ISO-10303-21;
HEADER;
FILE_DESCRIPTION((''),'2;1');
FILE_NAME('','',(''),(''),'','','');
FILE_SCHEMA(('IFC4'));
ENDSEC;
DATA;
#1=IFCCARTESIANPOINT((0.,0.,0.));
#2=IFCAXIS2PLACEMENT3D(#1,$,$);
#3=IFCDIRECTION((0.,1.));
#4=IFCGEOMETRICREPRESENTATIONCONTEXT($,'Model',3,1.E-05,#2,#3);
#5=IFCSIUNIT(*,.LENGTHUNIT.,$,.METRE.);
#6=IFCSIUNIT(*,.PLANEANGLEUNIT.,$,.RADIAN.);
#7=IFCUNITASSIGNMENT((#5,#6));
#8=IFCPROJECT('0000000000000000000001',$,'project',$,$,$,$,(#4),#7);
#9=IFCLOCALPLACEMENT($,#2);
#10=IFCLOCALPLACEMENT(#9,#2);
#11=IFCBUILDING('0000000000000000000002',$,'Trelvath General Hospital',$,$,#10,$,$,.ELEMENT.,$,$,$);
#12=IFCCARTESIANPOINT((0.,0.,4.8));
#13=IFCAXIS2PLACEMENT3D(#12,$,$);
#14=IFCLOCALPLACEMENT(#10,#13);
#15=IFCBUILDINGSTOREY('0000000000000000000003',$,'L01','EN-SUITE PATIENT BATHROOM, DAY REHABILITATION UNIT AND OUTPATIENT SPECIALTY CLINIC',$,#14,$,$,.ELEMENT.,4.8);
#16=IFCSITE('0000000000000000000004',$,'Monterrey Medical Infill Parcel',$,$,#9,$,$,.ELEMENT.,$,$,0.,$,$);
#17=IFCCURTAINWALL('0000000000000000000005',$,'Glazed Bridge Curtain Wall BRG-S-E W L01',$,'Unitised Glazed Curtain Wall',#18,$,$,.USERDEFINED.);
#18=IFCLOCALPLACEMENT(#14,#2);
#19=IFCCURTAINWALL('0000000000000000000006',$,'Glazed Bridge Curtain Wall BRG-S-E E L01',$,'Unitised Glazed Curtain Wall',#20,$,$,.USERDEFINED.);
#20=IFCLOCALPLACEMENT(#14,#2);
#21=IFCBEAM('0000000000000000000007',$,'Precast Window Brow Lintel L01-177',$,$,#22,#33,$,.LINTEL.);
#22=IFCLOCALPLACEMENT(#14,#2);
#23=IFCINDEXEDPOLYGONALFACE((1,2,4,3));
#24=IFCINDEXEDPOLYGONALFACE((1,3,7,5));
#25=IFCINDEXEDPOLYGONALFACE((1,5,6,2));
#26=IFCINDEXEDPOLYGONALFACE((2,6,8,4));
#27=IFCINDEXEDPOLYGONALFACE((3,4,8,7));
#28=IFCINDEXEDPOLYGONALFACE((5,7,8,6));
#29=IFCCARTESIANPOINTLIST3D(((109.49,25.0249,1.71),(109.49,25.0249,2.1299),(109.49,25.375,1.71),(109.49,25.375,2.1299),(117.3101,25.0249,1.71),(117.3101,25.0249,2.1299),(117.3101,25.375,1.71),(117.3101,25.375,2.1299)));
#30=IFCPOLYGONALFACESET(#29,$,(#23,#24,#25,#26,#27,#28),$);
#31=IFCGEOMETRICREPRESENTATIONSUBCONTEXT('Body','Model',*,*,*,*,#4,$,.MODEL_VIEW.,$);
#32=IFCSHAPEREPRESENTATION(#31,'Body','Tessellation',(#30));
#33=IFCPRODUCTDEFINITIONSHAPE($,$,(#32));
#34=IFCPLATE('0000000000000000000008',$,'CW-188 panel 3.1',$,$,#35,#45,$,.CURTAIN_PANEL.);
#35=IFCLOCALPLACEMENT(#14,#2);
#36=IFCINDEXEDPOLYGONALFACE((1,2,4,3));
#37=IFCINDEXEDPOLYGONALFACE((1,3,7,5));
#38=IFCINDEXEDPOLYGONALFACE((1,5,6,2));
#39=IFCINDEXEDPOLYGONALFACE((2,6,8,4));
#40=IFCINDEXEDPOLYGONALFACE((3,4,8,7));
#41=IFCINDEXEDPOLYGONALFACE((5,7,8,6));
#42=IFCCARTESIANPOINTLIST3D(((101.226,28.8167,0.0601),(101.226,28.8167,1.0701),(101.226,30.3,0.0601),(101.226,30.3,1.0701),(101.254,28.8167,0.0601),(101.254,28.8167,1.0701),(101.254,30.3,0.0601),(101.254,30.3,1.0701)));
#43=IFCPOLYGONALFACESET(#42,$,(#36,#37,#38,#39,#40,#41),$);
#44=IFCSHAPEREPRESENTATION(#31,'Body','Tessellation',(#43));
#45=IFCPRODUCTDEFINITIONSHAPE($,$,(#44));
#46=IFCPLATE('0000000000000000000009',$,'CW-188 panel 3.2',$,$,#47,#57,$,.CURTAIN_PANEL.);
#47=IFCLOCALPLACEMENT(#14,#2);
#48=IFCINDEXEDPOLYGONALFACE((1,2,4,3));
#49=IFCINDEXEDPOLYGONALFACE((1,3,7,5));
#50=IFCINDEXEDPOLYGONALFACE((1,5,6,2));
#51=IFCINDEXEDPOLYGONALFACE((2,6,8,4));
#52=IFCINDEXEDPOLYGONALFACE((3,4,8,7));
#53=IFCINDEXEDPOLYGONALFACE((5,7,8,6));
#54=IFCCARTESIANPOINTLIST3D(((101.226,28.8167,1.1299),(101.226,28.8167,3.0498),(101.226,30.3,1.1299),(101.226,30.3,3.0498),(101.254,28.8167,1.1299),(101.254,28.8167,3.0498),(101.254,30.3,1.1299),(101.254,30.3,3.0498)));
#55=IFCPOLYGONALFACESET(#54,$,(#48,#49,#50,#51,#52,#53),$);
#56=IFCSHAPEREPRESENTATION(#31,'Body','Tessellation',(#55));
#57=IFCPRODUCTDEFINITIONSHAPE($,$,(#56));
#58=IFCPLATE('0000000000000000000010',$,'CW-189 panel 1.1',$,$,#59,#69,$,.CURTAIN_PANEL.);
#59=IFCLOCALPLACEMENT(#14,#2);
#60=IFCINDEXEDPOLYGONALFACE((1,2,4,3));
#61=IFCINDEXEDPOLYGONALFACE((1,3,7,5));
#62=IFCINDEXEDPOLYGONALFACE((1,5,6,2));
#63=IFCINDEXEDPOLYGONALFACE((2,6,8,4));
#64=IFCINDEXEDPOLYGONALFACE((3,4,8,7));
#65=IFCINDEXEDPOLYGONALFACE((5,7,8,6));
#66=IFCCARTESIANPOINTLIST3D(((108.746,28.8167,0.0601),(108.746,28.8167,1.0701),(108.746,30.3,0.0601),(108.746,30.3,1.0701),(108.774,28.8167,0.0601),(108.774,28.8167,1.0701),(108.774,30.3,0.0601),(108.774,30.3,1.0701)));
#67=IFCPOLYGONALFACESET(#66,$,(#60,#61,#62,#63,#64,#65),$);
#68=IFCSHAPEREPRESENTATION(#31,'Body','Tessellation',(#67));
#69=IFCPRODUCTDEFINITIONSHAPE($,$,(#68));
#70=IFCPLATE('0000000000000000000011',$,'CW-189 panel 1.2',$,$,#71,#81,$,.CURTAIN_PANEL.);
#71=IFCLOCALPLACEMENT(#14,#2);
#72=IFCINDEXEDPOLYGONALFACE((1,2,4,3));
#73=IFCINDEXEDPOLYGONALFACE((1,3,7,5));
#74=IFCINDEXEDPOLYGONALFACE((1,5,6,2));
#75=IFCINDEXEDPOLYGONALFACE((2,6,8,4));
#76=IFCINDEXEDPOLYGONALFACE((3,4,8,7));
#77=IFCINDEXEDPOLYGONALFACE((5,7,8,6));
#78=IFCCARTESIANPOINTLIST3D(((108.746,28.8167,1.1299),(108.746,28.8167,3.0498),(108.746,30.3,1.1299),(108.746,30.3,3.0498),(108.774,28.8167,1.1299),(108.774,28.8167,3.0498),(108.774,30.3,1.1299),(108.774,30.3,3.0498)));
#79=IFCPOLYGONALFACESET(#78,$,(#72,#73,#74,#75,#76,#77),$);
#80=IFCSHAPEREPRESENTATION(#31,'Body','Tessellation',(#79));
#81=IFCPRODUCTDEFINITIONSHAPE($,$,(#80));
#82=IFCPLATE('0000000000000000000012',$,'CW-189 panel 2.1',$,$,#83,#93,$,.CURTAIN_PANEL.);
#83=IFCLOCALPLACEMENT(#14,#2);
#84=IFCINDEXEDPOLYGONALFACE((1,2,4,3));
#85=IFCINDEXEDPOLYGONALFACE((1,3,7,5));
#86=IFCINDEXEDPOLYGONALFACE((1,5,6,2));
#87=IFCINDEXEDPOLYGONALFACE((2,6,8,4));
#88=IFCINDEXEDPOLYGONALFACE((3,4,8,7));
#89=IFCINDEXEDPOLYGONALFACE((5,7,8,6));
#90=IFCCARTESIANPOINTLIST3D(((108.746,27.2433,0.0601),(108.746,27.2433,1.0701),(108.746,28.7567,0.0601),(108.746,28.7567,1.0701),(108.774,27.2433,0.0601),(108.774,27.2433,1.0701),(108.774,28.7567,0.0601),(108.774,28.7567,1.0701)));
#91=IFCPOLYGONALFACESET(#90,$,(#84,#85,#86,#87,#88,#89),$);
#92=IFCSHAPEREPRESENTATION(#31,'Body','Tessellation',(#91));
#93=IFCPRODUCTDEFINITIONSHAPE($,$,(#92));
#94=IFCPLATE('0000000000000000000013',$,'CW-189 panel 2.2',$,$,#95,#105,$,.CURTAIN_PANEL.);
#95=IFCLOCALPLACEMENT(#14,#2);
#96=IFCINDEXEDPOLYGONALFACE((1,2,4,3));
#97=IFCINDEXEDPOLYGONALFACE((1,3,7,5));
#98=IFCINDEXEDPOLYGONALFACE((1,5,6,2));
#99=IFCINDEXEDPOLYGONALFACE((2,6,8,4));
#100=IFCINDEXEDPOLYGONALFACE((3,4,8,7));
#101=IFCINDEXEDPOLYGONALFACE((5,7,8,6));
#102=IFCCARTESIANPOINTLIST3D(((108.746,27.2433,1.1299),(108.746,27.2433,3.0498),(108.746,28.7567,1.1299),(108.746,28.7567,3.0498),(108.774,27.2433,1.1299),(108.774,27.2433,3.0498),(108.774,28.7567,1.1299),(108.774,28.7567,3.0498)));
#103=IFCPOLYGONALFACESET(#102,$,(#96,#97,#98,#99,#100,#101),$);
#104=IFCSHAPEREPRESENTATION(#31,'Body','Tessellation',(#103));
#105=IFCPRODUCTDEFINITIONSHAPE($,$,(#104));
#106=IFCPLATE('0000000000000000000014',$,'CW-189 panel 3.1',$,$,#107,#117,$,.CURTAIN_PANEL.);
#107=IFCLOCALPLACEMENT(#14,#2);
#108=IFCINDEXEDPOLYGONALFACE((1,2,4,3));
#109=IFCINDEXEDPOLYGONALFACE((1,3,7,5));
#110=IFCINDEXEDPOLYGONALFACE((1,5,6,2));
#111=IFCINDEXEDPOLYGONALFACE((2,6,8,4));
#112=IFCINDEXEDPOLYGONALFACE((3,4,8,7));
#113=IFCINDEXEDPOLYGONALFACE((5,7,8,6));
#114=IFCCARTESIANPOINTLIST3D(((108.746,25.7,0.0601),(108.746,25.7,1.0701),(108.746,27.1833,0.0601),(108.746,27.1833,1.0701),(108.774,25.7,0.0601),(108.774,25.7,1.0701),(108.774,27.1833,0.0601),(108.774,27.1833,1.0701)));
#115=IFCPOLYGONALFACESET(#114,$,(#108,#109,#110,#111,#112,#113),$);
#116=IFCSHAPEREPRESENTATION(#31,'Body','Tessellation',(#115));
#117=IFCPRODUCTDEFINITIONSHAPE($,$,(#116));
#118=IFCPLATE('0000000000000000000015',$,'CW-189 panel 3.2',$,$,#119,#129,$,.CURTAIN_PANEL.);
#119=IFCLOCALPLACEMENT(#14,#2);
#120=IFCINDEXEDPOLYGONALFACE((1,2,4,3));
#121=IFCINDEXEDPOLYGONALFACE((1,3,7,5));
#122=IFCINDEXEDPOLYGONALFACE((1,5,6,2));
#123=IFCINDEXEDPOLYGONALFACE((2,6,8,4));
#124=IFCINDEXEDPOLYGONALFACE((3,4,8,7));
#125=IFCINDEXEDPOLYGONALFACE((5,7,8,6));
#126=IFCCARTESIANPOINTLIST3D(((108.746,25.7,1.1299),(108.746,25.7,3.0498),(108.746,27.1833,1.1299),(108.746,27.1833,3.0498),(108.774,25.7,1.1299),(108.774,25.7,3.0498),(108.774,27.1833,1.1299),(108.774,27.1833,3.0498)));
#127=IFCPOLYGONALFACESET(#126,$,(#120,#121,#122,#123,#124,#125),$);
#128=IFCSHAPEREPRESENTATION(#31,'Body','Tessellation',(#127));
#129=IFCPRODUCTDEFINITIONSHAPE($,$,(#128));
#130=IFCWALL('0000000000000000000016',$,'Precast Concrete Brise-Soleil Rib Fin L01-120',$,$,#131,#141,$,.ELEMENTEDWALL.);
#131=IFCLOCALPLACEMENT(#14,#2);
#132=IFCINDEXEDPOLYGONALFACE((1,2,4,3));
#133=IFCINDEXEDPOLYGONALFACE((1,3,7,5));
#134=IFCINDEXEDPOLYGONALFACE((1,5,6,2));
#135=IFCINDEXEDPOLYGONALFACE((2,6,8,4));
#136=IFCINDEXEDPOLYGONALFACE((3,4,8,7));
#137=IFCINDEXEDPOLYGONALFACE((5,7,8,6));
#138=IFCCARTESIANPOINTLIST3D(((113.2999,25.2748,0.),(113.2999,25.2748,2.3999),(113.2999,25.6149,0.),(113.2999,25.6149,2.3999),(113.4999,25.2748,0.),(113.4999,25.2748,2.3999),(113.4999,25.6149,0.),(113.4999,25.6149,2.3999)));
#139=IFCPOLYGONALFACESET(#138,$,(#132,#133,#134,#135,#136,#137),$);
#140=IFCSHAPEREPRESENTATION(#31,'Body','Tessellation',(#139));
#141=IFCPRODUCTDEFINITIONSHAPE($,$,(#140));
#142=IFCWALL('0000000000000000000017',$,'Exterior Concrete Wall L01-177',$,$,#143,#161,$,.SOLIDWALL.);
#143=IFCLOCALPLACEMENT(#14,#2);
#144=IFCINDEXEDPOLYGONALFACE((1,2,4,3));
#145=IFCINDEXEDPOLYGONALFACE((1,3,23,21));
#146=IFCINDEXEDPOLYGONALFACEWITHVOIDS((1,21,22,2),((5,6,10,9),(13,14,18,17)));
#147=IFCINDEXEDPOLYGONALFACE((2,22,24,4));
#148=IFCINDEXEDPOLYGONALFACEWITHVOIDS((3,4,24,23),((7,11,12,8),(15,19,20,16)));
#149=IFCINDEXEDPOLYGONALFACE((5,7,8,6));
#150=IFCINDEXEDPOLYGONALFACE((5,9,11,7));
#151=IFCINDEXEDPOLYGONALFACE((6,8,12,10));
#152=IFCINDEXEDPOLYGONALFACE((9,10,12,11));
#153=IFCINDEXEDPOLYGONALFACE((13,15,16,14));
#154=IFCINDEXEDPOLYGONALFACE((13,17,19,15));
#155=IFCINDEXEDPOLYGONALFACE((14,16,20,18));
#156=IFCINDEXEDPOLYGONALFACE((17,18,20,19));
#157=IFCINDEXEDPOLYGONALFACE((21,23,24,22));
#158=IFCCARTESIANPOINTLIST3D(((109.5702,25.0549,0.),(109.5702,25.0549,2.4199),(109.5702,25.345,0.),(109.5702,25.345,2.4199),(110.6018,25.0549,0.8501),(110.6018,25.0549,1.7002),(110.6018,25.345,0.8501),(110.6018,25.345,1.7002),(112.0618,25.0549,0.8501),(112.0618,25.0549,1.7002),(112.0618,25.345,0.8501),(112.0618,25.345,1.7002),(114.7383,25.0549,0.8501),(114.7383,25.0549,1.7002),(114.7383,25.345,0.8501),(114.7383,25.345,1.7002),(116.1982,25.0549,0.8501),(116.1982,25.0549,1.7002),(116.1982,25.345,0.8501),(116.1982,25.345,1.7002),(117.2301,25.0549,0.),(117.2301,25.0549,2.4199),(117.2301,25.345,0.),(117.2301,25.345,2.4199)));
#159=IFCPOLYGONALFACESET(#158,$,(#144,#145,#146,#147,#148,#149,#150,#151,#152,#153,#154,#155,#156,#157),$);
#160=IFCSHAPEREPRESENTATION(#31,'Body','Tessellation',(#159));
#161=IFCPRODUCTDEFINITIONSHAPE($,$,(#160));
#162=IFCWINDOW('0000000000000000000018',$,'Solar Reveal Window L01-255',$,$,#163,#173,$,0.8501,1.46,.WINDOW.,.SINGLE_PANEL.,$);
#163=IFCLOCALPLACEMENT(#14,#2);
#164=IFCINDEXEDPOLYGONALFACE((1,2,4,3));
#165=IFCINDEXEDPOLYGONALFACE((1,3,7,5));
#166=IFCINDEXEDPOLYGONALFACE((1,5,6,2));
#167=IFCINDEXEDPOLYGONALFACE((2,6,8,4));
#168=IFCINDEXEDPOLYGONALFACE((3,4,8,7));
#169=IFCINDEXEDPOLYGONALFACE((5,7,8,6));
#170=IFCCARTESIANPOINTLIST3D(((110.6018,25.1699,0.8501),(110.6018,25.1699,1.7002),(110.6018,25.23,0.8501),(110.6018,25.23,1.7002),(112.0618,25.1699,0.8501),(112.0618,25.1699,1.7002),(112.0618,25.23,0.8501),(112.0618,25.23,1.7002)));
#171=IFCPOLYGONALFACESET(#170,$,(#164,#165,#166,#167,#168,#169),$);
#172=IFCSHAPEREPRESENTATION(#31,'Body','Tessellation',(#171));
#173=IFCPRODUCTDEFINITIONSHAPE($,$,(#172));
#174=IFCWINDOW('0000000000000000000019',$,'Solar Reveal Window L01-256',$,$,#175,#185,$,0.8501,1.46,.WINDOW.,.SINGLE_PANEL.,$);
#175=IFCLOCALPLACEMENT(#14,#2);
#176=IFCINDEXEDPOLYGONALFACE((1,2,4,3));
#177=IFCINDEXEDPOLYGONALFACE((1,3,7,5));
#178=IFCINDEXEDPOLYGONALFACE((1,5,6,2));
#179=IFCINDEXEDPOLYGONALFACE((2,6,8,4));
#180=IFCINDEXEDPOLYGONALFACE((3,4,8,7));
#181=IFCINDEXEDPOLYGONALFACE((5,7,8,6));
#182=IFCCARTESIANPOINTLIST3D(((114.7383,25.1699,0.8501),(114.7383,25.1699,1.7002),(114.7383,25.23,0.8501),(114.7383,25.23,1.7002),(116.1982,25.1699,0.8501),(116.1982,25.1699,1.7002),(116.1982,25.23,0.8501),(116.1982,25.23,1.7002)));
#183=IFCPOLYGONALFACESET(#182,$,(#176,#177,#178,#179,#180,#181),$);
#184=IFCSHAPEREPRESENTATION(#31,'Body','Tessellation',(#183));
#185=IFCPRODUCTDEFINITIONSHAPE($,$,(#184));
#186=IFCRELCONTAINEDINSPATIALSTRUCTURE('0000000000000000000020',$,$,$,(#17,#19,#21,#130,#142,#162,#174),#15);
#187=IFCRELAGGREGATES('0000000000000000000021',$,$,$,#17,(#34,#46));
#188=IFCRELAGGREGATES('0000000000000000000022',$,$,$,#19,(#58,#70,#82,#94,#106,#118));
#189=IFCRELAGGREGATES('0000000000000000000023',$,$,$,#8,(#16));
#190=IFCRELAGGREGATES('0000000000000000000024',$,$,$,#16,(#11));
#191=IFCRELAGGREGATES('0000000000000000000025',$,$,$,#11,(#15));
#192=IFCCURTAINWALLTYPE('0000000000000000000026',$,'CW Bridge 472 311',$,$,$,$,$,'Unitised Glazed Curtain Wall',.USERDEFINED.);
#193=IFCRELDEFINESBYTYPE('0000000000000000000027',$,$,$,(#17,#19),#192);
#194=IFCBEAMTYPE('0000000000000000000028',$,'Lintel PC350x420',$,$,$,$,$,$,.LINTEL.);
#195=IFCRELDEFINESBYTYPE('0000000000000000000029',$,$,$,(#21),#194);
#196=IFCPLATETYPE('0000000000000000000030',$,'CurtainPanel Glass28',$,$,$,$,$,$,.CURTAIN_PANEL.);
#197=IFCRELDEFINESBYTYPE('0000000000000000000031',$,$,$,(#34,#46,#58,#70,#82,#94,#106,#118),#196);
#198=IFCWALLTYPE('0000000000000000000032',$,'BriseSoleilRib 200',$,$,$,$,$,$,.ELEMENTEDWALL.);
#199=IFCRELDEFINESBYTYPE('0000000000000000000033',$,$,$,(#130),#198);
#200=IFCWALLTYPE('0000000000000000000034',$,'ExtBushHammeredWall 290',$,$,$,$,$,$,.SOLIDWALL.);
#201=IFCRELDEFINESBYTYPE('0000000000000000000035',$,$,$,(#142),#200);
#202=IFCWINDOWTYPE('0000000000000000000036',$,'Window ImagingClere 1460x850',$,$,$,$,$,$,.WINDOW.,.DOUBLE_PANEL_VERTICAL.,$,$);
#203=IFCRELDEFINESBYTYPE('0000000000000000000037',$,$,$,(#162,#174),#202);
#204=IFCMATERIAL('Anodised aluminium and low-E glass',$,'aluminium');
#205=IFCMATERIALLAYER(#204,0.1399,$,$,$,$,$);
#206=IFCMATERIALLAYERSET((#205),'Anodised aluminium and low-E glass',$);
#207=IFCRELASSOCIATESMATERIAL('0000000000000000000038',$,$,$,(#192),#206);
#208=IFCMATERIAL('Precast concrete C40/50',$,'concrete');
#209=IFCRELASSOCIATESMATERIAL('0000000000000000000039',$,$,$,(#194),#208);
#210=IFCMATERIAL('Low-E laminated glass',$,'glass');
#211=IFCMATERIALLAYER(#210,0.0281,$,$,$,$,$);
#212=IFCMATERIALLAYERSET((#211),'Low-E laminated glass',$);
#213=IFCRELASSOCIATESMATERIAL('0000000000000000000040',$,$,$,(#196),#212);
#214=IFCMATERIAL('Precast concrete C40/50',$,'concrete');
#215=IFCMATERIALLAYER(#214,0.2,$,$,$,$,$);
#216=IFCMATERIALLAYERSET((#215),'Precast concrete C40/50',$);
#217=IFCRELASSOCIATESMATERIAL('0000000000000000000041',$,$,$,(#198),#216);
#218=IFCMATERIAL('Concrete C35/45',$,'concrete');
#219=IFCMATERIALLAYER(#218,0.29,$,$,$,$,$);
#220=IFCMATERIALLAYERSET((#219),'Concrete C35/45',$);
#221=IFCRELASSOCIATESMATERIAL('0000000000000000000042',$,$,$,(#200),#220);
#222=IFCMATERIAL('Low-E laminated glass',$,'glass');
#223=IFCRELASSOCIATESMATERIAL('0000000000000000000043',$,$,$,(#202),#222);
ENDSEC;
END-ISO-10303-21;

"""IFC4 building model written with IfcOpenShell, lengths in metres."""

from ifc_helpers import new_model, si_unit, direction, frame, frame_2d, origin, origin_2d, place, context, subcontext, project, spatial, rectangle, extrude, material, layer, layer_set, material_profile, profile_set, type_object, element, fill, aggregate, save


model = new_model("IFC4")

# Units and contexts
model_context = context("Model", 3, precision=1e-05, world=origin(), true_north=direction((0.0, 1.0)))
body_context = subcontext(model_context, "Body", "Model", "MODEL_VIEW")
ifc_project = project(units=[si_unit("LENGTHUNIT", "METRE"), si_unit("PLANEANGLEUNIT", "RADIAN")], contexts=[model_context])

# Site, building, storey
site_placement = place(None, origin())
site = spatial("IfcSite", under=ifc_project, at=site_placement, Name="Monterrey Medical Infill Parcel", CompositionType="ELEMENT", RefElevation=0.0)
building_placement = place(site_placement, origin())
building = spatial("IfcBuilding", under=site, at=building_placement, Name="Trelvath General Hospital", CompositionType="ELEMENT")
storey_placement = place(building_placement, frame((0.0, 0.0, 4.8)))
storey = spatial("IfcBuildingStorey", under=building, at=storey_placement, Name="L01", Description="EN-SUITE PATIENT BATHROOM, DAY REHABILITATION UNIT AND OUTPATIENT SPECIALTY CLINIC", CompositionType="ELEMENT", Elevation=4.8)

# Curtain wall
ifc_material_1 = material(Name="Anodised aluminium and low-E glass", Category="aluminium")
ifc_layer_1 = layer(ifc_material_1, 0.1399)
ifc_layer_set_1 = layer_set([ifc_layer_1], Name="Anodised aluminium and low-E glass")
curtain_wall_type = type_object("IfcCurtainWallType", Name="CW Bridge 472 311", ElementType="Unitised Glazed Curtain Wall", PredefinedType="USERDEFINED", material=ifc_layer_set_1)
curtain_wall_1_placement = place(storey_placement, origin())
curtain_wall_1 = element("IfcCurtainWall", 1, at=curtain_wall_1_placement, inside=storey, type_object=curtain_wall_type, Name="Glazed Bridge Curtain Wall BRG-S-E W L01", ObjectType="Unitised Glazed Curtain Wall", PredefinedType="USERDEFINED")

# Curtain wall
curtain_wall_2_placement = place(storey_placement, origin())
curtain_wall_2 = element("IfcCurtainWall", 2, at=curtain_wall_2_placement, inside=storey, type_object=curtain_wall_type, Name="Glazed Bridge Curtain Wall BRG-S-E E L01", ObjectType="Unitised Glazed Curtain Wall", PredefinedType="USERDEFINED")

# Beam
ifc_material_2 = material(Name="Precast concrete C40/50", Category="concrete")
ifc_material_profile_1 = material_profile(ifc_material_2, rectangle(XDim=0.3501, YDim=0.4199, at=origin_2d()), Name="PCL350x420")
ifc_profile_set_1 = profile_set([ifc_material_profile_1], Name="Precast concrete C40/50")
beam_type_1 = type_object("IfcBeamType", Name="Lintel PC350x420", PredefinedType="LINTEL", material=ifc_profile_set_1)
beam_1_placement = place(storey_placement, frame((109.49, 25.2, 1.9199), z_axis=(1.0, 0.0, 0.0), x_axis=(0.0, 1.0, 0.0)))
element("IfcBeam", 3, at=beam_1_placement, inside=storey, type_object=beam_type_1, Name="Precast Window Brow Lintel L01-177", PredefinedType="LINTEL", context=body_context, shape_type="SweptSolid", body=[
    extrude(rectangle(XDim=0.3501, YDim=0.4199, at=origin_2d()), origin(), (0.0, 0.0, 1.0), 7.8201),
])

# Plates
ifc_material_3 = material(Name="Low-E laminated glass", Category="glass")
ifc_layer_2 = layer(ifc_material_3, 0.0281)
ifc_layer_set_2 = layer_set([ifc_layer_2], Name="Low-E laminated glass")
plate_type = type_object("IfcPlateType", Name="CurtainPanel Glass28", PredefinedType="CURTAIN_PANEL", material=ifc_layer_set_2)
plate_1_placement = place(storey_placement, frame((101.24, 29.5583, 0.0601), z_axis=(0.0, 0.0, 1.0), x_axis=(0.0, 1.0, 0.0)))
plate_1 = element("IfcPlate", 4, at=plate_1_placement, type_object=plate_type, Name="CW-188 panel 3.1", PredefinedType="CURTAIN_PANEL", context=body_context, shape_type="SweptSolid", body=[
    extrude(rectangle(XDim=1.4834, YDim=0.0281, at=origin_2d()), origin(), (0.0, 0.0, 1.0), 1.01),
])
plate_2_placement = place(storey_placement, frame((101.24, 29.5583, 1.1299), z_axis=(0.0, 0.0, 1.0), x_axis=(0.0, 1.0, 0.0)))
plate_2 = element("IfcPlate", 5, at=plate_2_placement, type_object=plate_type, Name="CW-188 panel 3.2", PredefinedType="CURTAIN_PANEL", context=body_context, shape_type="SweptSolid", body=[
    extrude(rectangle(XDim=1.4834, YDim=0.0281, at=origin_2d()), origin(), (0.0, 0.0, 1.0), 1.9199),
])
aggregate(curtain_wall_1, [plate_1, plate_2])
plate_3_placement = place(storey_placement, frame((108.76, 29.5583, 0.0601), z_axis=(0.0, 0.0, 1.0), x_axis=(0.0, -1.0, 0.0)))
plate_3 = element("IfcPlate", 6, at=plate_3_placement, type_object=plate_type, Name="CW-189 panel 1.1", PredefinedType="CURTAIN_PANEL", context=body_context, shape_type="SweptSolid", body=[
    extrude(rectangle(XDim=1.4834, YDim=0.0281, at=origin_2d()), origin(), (0.0, 0.0, 1.0), 1.01),
])
plate_4_placement = place(storey_placement, frame((108.76, 29.5583, 1.1299), z_axis=(0.0, 0.0, 1.0), x_axis=(0.0, -1.0, 0.0)))
plate_4 = element("IfcPlate", 7, at=plate_4_placement, type_object=plate_type, Name="CW-189 panel 1.2", PredefinedType="CURTAIN_PANEL", context=body_context, shape_type="SweptSolid", body=[
    extrude(rectangle(XDim=1.4834, YDim=0.0281, at=origin_2d()), origin(), (0.0, 0.0, 1.0), 1.9199),
])
plate_5_placement = place(storey_placement, frame((108.76, 28.0, 0.0601), z_axis=(0.0, 0.0, 1.0), x_axis=(0.0, -1.0, 0.0)))
plate_5 = element("IfcPlate", 8, at=plate_5_placement, type_object=plate_type, Name="CW-189 panel 2.1", PredefinedType="CURTAIN_PANEL", context=body_context, shape_type="SweptSolid", body=[
    extrude(rectangle(XDim=1.5134, YDim=0.0281, at=origin_2d()), origin(), (0.0, 0.0, 1.0), 1.01),
])
plate_6_placement = place(storey_placement, frame((108.76, 28.0, 1.1299), z_axis=(0.0, 0.0, 1.0), x_axis=(0.0, -1.0, 0.0)))
plate_6 = element("IfcPlate", 9, at=plate_6_placement, type_object=plate_type, Name="CW-189 panel 2.2", PredefinedType="CURTAIN_PANEL", context=body_context, shape_type="SweptSolid", body=[
    extrude(rectangle(XDim=1.5134, YDim=0.0281, at=origin_2d()), origin(), (0.0, 0.0, 1.0), 1.9199),
])
plate_7_placement = place(storey_placement, frame((108.76, 26.4417, 0.0601), z_axis=(0.0, 0.0, 1.0), x_axis=(0.0, -1.0, 0.0)))
plate_7 = element("IfcPlate", 10, at=plate_7_placement, type_object=plate_type, Name="CW-189 panel 3.1", PredefinedType="CURTAIN_PANEL", context=body_context, shape_type="SweptSolid", body=[
    extrude(rectangle(XDim=1.4834, YDim=0.0281, at=origin_2d()), origin(), (0.0, 0.0, 1.0), 1.01),
])
plate_8_placement = place(storey_placement, frame((108.76, 26.4417, 1.1299), z_axis=(0.0, 0.0, 1.0), x_axis=(0.0, -1.0, 0.0)))
plate_8 = element("IfcPlate", 11, at=plate_8_placement, type_object=plate_type, Name="CW-189 panel 3.2", PredefinedType="CURTAIN_PANEL", context=body_context, shape_type="SweptSolid", body=[
    extrude(rectangle(XDim=1.4834, YDim=0.0281, at=origin_2d()), origin(), (0.0, 0.0, 1.0), 1.9199),
])
aggregate(curtain_wall_2, [plate_3, plate_4, plate_5, plate_6, plate_7, plate_8])

# Wall
ifc_material_4 = material(Name="Precast concrete C40/50", Category="concrete")
ifc_layer_3 = layer(ifc_material_4, 0.2)
ifc_layer_set_3 = layer_set([ifc_layer_3], Name="Precast concrete C40/50")
wall_type_1 = type_object("IfcWallType", Name="BriseSoleilRib 200", PredefinedType="ELEMENTEDWALL", material=ifc_layer_set_3)
wall_1_placement = place(storey_placement, frame((113.3999, 25.2749, 0.0), z_axis=(0.0, 0.0, 1.0), x_axis=(0.0, 1.0, 0.0)))
element("IfcWall", 12, at=wall_1_placement, inside=storey, type_object=wall_type_1, Name="Precast Concrete Brise-Soleil Rib Fin L01-120", PredefinedType="ELEMENTEDWALL", context=body_context, shape_type="SweptSolid", body=[
    extrude(rectangle(XDim=0.3401, YDim=0.2, at=frame_2d((0.1699, 0.0))), origin(), (0.0, 0.0, 1.0), 2.3999),
])

# Wall, openings, windows
ifc_material_5 = material(Name="Concrete C35/45", Category="concrete")
ifc_layer_4 = layer(ifc_material_5, 0.29)
ifc_layer_set_4 = layer_set([ifc_layer_4], Name="Concrete C35/45")
wall_type_2 = type_object("IfcWallType", Name="ExtBushHammeredWall 290", PredefinedType="SOLIDWALL", material=ifc_layer_set_4)
wall_2_placement = place(storey_placement, frame((109.5701, 25.2, 0.0), z_axis=(0.0, 0.0, 1.0), x_axis=(1.0, 0.0, 0.0)))
wall_2 = element("IfcWall", 13, at=wall_2_placement, inside=storey, type_object=wall_type_2, Name="Exterior Concrete Wall L01-177", PredefinedType="SOLIDWALL", context=body_context, shape_type="SweptSolid", body=[
    extrude(rectangle(XDim=7.6599, YDim=0.29, at=frame_2d((3.8301, 0.0))), origin(), (0.0, 0.0, 1.0), 2.4199),
])
opening_1_placement = place(wall_2_placement, frame((1.0317, 0.0, 0.8501)))
opening_1 = element("IfcOpeningElement", 14, at=opening_1_placement, cuts=wall_2, PredefinedType="OPENING", context=body_context, shape_type="SweptSolid", body=[
    extrude(rectangle(XDim=1.46, YDim=0.8501, at=frame_2d((0.73, 0.425))), frame((0.0, 0.155, 0.0), z_axis=(0.0, -1.0, 0.0), x_axis=(1.0, 0.0, 0.0)), (0.0, 0.0, 1.0), 0.3101),
])
opening_2_placement = place(wall_2_placement, frame((5.1682, 0.0, 0.8501)))
opening_2 = element("IfcOpeningElement", 15, at=opening_2_placement, cuts=wall_2, PredefinedType="OPENING", context=body_context, shape_type="SweptSolid", body=[
    extrude(rectangle(XDim=1.46, YDim=0.8501, at=frame_2d((0.73, 0.425))), frame((0.0, 0.155, 0.0), z_axis=(0.0, -1.0, 0.0), x_axis=(1.0, 0.0, 0.0)), (0.0, 0.0, 1.0), 0.3101),
])
ifc_material_6 = material(Name="Low-E laminated glass", Category="glass")
window_type = type_object("IfcWindowType", Name="Window ImagingClere 1460x850", PartitioningType="DOUBLE_PANEL_VERTICAL", PredefinedType="WINDOW", material=ifc_material_6)
window_1_placement = place(opening_1_placement, origin())
window_1 = element("IfcWindow", 16, at=window_1_placement, inside=storey, type_object=window_type, Name="Solar Reveal Window L01-255", OverallHeight=0.8501, OverallWidth=1.46, PartitioningType="SINGLE_PANEL", PredefinedType="WINDOW", context=body_context, shape_type="SweptSolid", body=[
    extrude(rectangle(XDim=1.46, YDim=0.8501, at=frame_2d((0.73, 0.425))), frame((0.0, 0.03, 0.0), z_axis=(0.0, -1.0, 0.0), x_axis=(1.0, 0.0, 0.0)), (0.0, 0.0, 1.0), 0.0601),
])
fill(opening_1, window_1)
window_2_placement = place(opening_2_placement, origin())
window_2 = element("IfcWindow", 17, at=window_2_placement, inside=storey, type_object=window_type, Name="Solar Reveal Window L01-256", OverallHeight=0.8501, OverallWidth=1.46, PartitioningType="SINGLE_PANEL", PredefinedType="WINDOW", context=body_context, shape_type="SweptSolid", body=[
    extrude(rectangle(XDim=1.46, YDim=0.8501, at=frame_2d((0.73, 0.425))), frame((0.0, 0.03, 0.0), z_axis=(0.0, -1.0, 0.0), x_axis=(1.0, 0.0, 0.0)), (0.0, 0.0, 1.0), 0.0601),
])
fill(opening_2, window_2)

save(model, "model.ifc")
